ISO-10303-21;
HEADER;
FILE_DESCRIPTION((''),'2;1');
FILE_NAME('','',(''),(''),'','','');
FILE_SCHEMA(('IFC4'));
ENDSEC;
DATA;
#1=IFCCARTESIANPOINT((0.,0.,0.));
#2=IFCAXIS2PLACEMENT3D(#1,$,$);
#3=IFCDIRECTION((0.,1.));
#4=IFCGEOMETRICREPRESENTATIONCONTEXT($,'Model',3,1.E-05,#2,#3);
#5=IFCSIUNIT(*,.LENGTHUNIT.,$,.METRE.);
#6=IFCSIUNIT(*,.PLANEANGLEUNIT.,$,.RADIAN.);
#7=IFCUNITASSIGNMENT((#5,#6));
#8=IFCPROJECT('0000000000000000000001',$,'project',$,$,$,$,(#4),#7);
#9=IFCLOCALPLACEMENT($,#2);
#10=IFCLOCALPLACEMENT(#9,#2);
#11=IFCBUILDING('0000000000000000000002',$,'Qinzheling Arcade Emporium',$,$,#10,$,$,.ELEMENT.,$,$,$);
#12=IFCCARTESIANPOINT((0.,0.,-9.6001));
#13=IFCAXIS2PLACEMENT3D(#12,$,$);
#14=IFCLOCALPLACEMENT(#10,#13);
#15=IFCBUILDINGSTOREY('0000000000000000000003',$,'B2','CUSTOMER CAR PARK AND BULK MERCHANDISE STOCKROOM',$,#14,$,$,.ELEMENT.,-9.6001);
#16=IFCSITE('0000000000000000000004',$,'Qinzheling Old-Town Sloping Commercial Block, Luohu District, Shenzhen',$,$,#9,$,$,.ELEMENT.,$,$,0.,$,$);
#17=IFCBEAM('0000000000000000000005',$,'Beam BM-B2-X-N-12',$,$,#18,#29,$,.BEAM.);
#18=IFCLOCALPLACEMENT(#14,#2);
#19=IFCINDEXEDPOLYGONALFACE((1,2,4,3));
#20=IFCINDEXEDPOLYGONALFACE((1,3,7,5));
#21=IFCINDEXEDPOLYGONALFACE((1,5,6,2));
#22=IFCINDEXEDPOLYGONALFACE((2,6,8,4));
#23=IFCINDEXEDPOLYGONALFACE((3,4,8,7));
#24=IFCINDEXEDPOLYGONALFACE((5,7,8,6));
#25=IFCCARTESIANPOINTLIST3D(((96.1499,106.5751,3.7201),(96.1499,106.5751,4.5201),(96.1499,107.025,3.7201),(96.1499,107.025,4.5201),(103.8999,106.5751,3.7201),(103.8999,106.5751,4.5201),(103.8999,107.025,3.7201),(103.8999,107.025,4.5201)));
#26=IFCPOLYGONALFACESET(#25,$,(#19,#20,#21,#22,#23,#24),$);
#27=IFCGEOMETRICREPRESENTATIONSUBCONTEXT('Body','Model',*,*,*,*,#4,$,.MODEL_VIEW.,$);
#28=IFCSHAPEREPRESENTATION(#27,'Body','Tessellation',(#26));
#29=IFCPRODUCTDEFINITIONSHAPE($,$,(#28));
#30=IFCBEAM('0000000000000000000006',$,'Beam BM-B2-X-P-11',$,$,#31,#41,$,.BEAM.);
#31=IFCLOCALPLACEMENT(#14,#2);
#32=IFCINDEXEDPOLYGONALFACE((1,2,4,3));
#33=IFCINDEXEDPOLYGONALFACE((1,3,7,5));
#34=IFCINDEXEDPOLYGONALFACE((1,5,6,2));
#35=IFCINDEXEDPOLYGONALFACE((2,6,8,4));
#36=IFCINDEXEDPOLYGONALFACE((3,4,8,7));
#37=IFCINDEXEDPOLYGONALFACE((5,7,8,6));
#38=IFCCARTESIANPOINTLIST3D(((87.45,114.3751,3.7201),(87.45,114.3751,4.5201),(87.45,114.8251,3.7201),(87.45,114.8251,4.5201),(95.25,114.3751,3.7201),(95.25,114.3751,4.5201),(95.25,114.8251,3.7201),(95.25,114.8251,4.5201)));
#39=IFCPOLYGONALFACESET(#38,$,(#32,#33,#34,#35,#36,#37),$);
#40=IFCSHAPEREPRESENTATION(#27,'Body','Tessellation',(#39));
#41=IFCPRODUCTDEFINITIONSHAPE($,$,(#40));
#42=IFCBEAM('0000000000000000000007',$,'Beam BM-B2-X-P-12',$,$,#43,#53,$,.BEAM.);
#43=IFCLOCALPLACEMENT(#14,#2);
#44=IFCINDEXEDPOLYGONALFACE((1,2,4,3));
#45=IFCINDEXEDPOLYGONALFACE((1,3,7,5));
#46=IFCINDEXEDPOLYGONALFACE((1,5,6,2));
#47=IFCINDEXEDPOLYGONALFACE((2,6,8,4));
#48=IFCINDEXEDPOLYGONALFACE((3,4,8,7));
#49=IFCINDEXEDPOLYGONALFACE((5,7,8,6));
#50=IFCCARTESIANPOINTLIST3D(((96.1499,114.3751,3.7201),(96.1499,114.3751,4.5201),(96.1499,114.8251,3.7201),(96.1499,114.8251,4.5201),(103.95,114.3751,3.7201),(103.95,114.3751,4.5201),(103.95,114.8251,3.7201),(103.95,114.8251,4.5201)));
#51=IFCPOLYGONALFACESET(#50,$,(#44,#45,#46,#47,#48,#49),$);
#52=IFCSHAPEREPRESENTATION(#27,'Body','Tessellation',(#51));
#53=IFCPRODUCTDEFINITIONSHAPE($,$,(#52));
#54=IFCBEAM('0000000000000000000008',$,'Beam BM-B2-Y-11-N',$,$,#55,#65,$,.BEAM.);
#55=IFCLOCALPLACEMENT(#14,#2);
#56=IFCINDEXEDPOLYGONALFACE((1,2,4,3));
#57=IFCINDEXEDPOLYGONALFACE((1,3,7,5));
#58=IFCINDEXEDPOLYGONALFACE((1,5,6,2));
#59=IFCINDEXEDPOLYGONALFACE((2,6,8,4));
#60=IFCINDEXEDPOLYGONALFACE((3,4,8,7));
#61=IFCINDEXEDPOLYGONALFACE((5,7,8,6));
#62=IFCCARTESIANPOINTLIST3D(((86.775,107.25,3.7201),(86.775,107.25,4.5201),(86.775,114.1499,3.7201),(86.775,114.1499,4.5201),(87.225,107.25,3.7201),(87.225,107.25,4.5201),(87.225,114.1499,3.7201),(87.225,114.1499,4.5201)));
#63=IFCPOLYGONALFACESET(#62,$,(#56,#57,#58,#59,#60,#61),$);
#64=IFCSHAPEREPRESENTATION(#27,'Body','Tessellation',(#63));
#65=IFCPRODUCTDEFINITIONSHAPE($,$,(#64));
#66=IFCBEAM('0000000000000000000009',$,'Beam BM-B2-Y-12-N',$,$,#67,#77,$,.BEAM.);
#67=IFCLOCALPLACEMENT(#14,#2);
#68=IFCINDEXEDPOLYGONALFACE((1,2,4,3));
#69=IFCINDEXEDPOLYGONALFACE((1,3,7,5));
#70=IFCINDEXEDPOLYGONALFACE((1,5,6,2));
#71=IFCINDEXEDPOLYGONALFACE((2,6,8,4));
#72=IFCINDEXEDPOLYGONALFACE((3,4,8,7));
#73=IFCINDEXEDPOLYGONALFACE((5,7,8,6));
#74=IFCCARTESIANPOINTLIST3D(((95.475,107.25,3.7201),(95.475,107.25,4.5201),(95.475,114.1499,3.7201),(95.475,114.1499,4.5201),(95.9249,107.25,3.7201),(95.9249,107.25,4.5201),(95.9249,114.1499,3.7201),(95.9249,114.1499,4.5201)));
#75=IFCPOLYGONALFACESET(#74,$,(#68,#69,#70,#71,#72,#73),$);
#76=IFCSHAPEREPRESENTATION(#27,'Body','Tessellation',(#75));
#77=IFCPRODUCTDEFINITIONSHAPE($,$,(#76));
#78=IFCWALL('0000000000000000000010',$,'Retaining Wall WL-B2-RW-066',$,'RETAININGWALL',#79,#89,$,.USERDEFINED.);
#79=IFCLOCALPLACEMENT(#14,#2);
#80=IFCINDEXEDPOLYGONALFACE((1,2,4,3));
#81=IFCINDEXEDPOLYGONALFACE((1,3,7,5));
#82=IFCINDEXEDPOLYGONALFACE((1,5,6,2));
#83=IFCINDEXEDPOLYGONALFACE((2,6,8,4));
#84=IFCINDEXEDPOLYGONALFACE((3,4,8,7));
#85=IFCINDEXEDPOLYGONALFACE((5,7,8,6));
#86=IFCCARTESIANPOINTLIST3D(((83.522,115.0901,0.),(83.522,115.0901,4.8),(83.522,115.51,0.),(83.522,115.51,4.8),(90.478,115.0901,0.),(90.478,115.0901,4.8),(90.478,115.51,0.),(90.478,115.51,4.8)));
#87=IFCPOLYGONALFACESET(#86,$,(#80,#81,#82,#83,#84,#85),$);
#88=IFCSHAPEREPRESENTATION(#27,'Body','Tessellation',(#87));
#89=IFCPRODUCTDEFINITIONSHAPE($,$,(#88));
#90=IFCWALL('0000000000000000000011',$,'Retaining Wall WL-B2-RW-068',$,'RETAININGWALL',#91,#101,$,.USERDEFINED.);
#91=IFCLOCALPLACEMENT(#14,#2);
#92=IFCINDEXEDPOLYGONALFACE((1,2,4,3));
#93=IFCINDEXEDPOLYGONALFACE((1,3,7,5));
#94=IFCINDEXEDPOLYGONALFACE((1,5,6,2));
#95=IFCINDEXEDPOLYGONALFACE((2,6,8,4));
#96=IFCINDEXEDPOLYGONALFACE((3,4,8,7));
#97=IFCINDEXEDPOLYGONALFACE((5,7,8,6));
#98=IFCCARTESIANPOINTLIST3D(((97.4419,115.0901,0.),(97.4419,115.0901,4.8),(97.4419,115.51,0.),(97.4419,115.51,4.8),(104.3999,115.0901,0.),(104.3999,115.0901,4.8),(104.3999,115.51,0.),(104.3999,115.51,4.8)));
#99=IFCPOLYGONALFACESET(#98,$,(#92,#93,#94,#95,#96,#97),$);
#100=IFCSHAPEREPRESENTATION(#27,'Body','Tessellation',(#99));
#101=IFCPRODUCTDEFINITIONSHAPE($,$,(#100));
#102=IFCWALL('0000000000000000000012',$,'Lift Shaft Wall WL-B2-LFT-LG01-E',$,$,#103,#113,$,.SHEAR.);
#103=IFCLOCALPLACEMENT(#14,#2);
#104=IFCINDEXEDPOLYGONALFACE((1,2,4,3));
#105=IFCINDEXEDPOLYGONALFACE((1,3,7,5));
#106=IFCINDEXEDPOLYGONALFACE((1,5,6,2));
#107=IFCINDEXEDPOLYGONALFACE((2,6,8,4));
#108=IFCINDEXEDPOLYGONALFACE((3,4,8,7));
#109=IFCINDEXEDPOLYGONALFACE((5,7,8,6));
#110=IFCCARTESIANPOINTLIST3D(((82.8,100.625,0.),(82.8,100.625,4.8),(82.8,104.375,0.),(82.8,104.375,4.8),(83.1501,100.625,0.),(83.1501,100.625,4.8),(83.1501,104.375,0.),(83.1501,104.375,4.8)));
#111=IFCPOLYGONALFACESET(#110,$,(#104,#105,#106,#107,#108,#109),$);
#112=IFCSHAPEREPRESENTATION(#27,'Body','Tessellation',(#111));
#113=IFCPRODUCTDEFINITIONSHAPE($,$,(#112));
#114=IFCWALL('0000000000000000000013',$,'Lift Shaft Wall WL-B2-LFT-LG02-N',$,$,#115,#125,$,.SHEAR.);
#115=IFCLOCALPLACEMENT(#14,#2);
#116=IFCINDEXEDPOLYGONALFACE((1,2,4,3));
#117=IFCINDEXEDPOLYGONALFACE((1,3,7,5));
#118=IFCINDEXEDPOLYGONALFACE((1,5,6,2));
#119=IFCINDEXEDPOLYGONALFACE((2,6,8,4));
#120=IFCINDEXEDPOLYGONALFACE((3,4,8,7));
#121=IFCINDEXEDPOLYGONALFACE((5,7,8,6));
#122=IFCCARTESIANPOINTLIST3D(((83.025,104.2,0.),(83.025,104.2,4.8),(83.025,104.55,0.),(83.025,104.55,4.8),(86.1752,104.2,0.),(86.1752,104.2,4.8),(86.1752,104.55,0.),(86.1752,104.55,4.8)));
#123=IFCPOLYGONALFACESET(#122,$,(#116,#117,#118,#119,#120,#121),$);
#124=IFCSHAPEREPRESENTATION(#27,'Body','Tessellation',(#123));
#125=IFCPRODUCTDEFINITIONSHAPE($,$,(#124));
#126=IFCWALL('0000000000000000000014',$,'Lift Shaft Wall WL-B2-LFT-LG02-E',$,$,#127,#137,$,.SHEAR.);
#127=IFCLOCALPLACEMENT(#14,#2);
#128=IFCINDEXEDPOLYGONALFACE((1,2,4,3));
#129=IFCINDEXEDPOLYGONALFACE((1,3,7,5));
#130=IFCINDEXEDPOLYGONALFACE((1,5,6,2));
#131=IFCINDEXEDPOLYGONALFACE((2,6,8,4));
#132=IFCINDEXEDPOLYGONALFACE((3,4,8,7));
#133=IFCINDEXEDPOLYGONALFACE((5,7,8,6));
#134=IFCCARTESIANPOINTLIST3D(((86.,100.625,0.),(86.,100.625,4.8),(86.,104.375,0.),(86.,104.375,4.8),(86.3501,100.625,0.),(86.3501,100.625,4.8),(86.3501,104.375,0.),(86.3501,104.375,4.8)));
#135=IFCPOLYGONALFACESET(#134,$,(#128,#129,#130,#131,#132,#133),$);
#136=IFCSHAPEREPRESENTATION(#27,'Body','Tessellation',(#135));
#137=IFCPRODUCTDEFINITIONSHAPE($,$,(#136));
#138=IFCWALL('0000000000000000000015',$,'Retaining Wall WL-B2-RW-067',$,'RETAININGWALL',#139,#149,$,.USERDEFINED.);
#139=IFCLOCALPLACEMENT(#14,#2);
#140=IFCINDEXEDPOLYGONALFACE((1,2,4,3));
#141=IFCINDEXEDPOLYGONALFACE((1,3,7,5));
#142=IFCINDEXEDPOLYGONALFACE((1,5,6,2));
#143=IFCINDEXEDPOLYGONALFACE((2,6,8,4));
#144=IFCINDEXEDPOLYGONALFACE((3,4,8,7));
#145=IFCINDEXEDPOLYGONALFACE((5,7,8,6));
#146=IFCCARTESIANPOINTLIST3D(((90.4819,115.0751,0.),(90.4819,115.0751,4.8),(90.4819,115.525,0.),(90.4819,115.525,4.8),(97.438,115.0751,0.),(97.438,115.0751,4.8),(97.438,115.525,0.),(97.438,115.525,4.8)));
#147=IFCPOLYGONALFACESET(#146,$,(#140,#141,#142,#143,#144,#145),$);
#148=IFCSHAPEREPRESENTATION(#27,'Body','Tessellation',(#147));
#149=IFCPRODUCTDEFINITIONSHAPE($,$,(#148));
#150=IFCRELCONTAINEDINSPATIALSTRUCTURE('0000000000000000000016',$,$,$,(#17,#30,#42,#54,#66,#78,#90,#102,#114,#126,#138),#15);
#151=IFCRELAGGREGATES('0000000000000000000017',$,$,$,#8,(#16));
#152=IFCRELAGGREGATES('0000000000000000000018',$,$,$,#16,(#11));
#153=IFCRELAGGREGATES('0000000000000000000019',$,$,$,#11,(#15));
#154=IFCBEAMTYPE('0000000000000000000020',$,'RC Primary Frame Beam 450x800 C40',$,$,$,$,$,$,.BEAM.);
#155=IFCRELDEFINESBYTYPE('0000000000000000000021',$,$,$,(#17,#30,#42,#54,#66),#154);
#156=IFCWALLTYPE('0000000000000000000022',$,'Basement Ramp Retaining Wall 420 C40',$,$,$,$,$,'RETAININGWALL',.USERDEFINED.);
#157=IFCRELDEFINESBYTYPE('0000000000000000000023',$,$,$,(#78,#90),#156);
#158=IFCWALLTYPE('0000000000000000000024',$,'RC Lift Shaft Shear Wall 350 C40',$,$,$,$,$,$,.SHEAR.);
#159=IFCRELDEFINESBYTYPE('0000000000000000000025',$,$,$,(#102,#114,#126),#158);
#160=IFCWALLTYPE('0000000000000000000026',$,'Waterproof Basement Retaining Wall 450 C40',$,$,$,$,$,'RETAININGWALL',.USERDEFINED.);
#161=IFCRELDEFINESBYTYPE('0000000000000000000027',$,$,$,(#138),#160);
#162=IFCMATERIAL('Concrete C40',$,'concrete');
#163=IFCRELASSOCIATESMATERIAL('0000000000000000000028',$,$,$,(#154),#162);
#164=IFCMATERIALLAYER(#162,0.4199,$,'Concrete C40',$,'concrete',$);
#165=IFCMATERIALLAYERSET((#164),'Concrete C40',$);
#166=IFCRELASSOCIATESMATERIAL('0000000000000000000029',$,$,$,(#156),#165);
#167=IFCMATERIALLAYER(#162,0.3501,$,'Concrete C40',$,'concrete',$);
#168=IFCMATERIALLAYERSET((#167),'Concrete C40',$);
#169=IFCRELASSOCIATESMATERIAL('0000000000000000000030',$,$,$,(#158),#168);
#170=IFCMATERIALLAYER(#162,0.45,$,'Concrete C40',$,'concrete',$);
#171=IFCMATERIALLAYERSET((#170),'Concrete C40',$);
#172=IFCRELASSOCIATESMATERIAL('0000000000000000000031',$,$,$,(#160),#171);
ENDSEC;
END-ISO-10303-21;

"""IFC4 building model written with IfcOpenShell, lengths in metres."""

from ifc_helpers import new_model, si_unit, direction, frame, frame_2d, origin, origin_2d, place, context, subcontext, project, spatial, rectangle, extrude, material, layer, layer_set, material_profile, profile_set, type_object, element, save


model = new_model("IFC4")

# Units and contexts
model_context = context("Model", 3, precision=1e-05, world=origin(), true_north=direction((0.0, 1.0)))
body_context = subcontext(model_context, "Body", "Model", "MODEL_VIEW")
ifc_project = project(units=[si_unit("LENGTHUNIT", "METRE"), si_unit("PLANEANGLEUNIT", "RADIAN")], contexts=[model_context])

# Site, building, storey
site_placement = place(None, origin())
site = spatial("IfcSite", under=ifc_project, at=site_placement, Name="Qinzheling Old-Town Sloping Commercial Block, Luohu District, Shenzhen", CompositionType="ELEMENT", RefElevation=0.0)
building_placement = place(site_placement, origin())
building = spatial("IfcBuilding", under=site, at=building_placement, Name="Qinzheling Arcade Emporium", CompositionType="ELEMENT")
storey_placement = place(building_placement, frame((0.0, 0.0, -9.6001)))
storey = spatial("IfcBuildingStorey", under=building, at=storey_placement, Name="B2", Description="CUSTOMER CAR PARK AND BULK MERCHANDISE STOCKROOM", CompositionType="ELEMENT", Elevation=-9.6001)

# Shared definitions
ifc_material_1 = material(Name="Concrete C40", Category="concrete")

# Beams
ifc_material_profile_1 = material_profile(ifc_material_1, rectangle(XDim=0.45, YDim=0.8, at=origin_2d()), Name="RC 450x800", Category="concrete")
ifc_profile_set_1 = profile_set([ifc_material_profile_1], Name="Concrete C40")
beam_type = type_object("IfcBeamType", Name="RC Primary Frame Beam 450x800 C40", PredefinedType="BEAM", material=ifc_profile_set_1)
beam_1_placement = place(storey_placement, frame((96.1499, 106.8, 4.1201), z_axis=(1.0, 0.0, 0.0), x_axis=(0.0, 1.0, 0.0)))
element("IfcBeam", 1, at=beam_1_placement, inside=storey, type_object=beam_type, Name="Beam BM-B2-X-N-12", PredefinedType="BEAM", context=body_context, shape_type="SweptSolid", body=[
    extrude(rectangle(XDim=0.45, YDim=0.8, at=origin_2d()), origin(), (0.0, 0.0, 1.0), 7.75),
])
for number, where, z_axis, x_axis, name in (
    (2, (87.45, 114.6001, 4.1201), (1.0, 0.0, 0.0), (0.0, 1.0, 0.0), "Beam BM-B2-X-P-11"),
    (3, (96.1499, 114.6001, 4.1201), (1.0, 0.0, 0.0), (0.0, 1.0, 0.0), "Beam BM-B2-X-P-12"),
):
    element("IfcBeam", number, at=place(storey_placement, frame(where, z_axis=z_axis, x_axis=x_axis)), inside=storey, type_object=beam_type, Name=name, PredefinedType="BEAM", context=body_context, shape_type="SweptSolid", body=[
        extrude(rectangle(XDim=0.45, YDim=0.8, at=origin_2d()), origin(), (0.0, 0.0, 1.0), 7.8),
    ])
for number, where, z_axis, x_axis, name in (
    (4, (87.0, 107.25, 4.1201), (0.0, 1.0, 0.0), (-1.0, 0.0, 0.0), "Beam BM-B2-Y-11-N"),
    (5, (95.7, 107.25, 4.1201), (0.0, 1.0, 0.0), (-1.0, 0.0, 0.0), "Beam BM-B2-Y-12-N"),
):
    element("IfcBeam", number, at=place(storey_placement, frame(where, z_axis=z_axis, x_axis=x_axis)), inside=storey, type_object=beam_type, Name=name, PredefinedType="BEAM", context=body_context, shape_type="SweptSolid", body=[
        extrude(rectangle(XDim=0.45, YDim=0.8, at=origin_2d()), origin(), (0.0, 0.0, 1.0), 6.8999),
    ])

# Walls
ifc_layer_1 = layer(ifc_material_1, 0.4199, Name="Concrete C40", Category="concrete")
ifc_layer_set_1 = layer_set([ifc_layer_1], Name="Concrete C40")
wall_type_1 = type_object("IfcWallType", Name="Basement Ramp Retaining Wall 420 C40", ElementType="RETAININGWALL", PredefinedType="USERDEFINED", material=ifc_layer_set_1)
wall_1_placement = place(storey_placement, frame((83.522, 115.3, 0.0), z_axis=(0.0, 0.0, 1.0), x_axis=(1.0, 0.0, 0.0)))
element("IfcWall", 6, at=wall_1_placement, inside=storey, type_object=wall_type_1, Name="Retaining Wall WL-B2-RW-066", ObjectType="RETAININGWALL", PredefinedType="USERDEFINED", context=body_context, shape_type="SweptSolid", body=[
    extrude(rectangle(XDim=6.9561, YDim=0.4199, at=frame_2d((3.478, 0.0))), origin(), (0.0, 0.0, 1.0), 4.8),
])
wall_2_placement = place(storey_placement, frame((97.4419, 115.3, 0.0), z_axis=(0.0, 0.0, 1.0), x_axis=(1.0, 0.0, 0.0)))
element("IfcWall", 7, at=wall_2_placement, inside=storey, type_object=wall_type_1, Name="Retaining Wall WL-B2-RW-068", ObjectType="RETAININGWALL", PredefinedType="USERDEFINED", context=body_context, shape_type="SweptSolid", body=[
    extrude(rectangle(XDim=6.958, YDim=0.4199, at=frame_2d((3.479, 0.0))), origin(), (0.0, 0.0, 1.0), 4.8),
])
ifc_layer_2 = layer(ifc_material_1, 0.3501, Name="Concrete C40", Category="concrete")
ifc_layer_set_2 = layer_set([ifc_layer_2], Name="Concrete C40")
wall_type_2 = type_object("IfcWallType", Name="RC Lift Shaft Shear Wall 350 C40", PredefinedType="SHEAR", material=ifc_layer_set_2)
wall_3_placement = place(storey_placement, frame((82.9751, 104.375, 0.0), z_axis=(0.0, 0.0, 1.0), x_axis=(0.0, -1.0, 0.0)))
element("IfcWall", 8, at=wall_3_placement, inside=storey, type_object=wall_type_2, Name="Lift Shaft Wall WL-B2-LFT-LG01-E", PredefinedType="SHEAR", context=body_context, shape_type="SweptSolid", body=[
    extrude(rectangle(XDim=3.75, YDim=0.3501, at=frame_2d((1.875, 0.0))), origin(), (0.0, 0.0, 1.0), 4.8),
])
wall_4_placement = place(storey_placement, frame((83.0249, 104.375, 0.0), z_axis=(0.0, 0.0, 1.0), x_axis=(1.0, 0.0, 0.0)))
element("IfcWall", 9, at=wall_4_placement, inside=storey, type_object=wall_type_2, Name="Lift Shaft Wall WL-B2-LFT-LG02-N", PredefinedType="SHEAR", context=body_context, shape_type="SweptSolid", body=[
    extrude(rectangle(XDim=3.1501, YDim=0.3501, at=frame_2d((1.5752, 0.0))), origin(), (0.0, 0.0, 1.0), 4.8),
])
wall_5_placement = place(storey_placement, frame((86.175, 104.375, 0.0), z_axis=(0.0, 0.0, 1.0), x_axis=(0.0, -1.0, 0.0)))
element("IfcWall", 10, at=wall_5_placement, inside=storey, type_object=wall_type_2, Name="Lift Shaft Wall WL-B2-LFT-LG02-E", PredefinedType="SHEAR", context=body_context, shape_type="SweptSolid", body=[
    extrude(rectangle(XDim=3.75, YDim=0.3501, at=frame_2d((1.875, 0.0))), origin(), (0.0, 0.0, 1.0), 4.8),
])
ifc_layer_3 = layer(ifc_material_1, 0.45, Name="Concrete C40", Category="concrete")
ifc_layer_set_3 = layer_set([ifc_layer_3], Name="Concrete C40")
wall_type_3 = type_object("IfcWallType", Name="Waterproof Basement Retaining Wall 450 C40", ElementType="RETAININGWALL", PredefinedType="USERDEFINED", material=ifc_layer_set_3)
wall_6_placement = place(storey_placement, frame((90.4819, 115.3, 0.0), z_axis=(0.0, 0.0, 1.0), x_axis=(1.0, 0.0, 0.0)))
element("IfcWall", 11, at=wall_6_placement, inside=storey, type_object=wall_type_3, Name="Retaining Wall WL-B2-RW-067", ObjectType="RETAININGWALL", PredefinedType="USERDEFINED", context=body_context, shape_type="SweptSolid", body=[
    extrude(rectangle(XDim=6.9561, YDim=0.45, at=frame_2d((3.478, 0.0))), origin(), (0.0, 0.0, 1.0), 4.8),
])

save(model, "model.ifc")
